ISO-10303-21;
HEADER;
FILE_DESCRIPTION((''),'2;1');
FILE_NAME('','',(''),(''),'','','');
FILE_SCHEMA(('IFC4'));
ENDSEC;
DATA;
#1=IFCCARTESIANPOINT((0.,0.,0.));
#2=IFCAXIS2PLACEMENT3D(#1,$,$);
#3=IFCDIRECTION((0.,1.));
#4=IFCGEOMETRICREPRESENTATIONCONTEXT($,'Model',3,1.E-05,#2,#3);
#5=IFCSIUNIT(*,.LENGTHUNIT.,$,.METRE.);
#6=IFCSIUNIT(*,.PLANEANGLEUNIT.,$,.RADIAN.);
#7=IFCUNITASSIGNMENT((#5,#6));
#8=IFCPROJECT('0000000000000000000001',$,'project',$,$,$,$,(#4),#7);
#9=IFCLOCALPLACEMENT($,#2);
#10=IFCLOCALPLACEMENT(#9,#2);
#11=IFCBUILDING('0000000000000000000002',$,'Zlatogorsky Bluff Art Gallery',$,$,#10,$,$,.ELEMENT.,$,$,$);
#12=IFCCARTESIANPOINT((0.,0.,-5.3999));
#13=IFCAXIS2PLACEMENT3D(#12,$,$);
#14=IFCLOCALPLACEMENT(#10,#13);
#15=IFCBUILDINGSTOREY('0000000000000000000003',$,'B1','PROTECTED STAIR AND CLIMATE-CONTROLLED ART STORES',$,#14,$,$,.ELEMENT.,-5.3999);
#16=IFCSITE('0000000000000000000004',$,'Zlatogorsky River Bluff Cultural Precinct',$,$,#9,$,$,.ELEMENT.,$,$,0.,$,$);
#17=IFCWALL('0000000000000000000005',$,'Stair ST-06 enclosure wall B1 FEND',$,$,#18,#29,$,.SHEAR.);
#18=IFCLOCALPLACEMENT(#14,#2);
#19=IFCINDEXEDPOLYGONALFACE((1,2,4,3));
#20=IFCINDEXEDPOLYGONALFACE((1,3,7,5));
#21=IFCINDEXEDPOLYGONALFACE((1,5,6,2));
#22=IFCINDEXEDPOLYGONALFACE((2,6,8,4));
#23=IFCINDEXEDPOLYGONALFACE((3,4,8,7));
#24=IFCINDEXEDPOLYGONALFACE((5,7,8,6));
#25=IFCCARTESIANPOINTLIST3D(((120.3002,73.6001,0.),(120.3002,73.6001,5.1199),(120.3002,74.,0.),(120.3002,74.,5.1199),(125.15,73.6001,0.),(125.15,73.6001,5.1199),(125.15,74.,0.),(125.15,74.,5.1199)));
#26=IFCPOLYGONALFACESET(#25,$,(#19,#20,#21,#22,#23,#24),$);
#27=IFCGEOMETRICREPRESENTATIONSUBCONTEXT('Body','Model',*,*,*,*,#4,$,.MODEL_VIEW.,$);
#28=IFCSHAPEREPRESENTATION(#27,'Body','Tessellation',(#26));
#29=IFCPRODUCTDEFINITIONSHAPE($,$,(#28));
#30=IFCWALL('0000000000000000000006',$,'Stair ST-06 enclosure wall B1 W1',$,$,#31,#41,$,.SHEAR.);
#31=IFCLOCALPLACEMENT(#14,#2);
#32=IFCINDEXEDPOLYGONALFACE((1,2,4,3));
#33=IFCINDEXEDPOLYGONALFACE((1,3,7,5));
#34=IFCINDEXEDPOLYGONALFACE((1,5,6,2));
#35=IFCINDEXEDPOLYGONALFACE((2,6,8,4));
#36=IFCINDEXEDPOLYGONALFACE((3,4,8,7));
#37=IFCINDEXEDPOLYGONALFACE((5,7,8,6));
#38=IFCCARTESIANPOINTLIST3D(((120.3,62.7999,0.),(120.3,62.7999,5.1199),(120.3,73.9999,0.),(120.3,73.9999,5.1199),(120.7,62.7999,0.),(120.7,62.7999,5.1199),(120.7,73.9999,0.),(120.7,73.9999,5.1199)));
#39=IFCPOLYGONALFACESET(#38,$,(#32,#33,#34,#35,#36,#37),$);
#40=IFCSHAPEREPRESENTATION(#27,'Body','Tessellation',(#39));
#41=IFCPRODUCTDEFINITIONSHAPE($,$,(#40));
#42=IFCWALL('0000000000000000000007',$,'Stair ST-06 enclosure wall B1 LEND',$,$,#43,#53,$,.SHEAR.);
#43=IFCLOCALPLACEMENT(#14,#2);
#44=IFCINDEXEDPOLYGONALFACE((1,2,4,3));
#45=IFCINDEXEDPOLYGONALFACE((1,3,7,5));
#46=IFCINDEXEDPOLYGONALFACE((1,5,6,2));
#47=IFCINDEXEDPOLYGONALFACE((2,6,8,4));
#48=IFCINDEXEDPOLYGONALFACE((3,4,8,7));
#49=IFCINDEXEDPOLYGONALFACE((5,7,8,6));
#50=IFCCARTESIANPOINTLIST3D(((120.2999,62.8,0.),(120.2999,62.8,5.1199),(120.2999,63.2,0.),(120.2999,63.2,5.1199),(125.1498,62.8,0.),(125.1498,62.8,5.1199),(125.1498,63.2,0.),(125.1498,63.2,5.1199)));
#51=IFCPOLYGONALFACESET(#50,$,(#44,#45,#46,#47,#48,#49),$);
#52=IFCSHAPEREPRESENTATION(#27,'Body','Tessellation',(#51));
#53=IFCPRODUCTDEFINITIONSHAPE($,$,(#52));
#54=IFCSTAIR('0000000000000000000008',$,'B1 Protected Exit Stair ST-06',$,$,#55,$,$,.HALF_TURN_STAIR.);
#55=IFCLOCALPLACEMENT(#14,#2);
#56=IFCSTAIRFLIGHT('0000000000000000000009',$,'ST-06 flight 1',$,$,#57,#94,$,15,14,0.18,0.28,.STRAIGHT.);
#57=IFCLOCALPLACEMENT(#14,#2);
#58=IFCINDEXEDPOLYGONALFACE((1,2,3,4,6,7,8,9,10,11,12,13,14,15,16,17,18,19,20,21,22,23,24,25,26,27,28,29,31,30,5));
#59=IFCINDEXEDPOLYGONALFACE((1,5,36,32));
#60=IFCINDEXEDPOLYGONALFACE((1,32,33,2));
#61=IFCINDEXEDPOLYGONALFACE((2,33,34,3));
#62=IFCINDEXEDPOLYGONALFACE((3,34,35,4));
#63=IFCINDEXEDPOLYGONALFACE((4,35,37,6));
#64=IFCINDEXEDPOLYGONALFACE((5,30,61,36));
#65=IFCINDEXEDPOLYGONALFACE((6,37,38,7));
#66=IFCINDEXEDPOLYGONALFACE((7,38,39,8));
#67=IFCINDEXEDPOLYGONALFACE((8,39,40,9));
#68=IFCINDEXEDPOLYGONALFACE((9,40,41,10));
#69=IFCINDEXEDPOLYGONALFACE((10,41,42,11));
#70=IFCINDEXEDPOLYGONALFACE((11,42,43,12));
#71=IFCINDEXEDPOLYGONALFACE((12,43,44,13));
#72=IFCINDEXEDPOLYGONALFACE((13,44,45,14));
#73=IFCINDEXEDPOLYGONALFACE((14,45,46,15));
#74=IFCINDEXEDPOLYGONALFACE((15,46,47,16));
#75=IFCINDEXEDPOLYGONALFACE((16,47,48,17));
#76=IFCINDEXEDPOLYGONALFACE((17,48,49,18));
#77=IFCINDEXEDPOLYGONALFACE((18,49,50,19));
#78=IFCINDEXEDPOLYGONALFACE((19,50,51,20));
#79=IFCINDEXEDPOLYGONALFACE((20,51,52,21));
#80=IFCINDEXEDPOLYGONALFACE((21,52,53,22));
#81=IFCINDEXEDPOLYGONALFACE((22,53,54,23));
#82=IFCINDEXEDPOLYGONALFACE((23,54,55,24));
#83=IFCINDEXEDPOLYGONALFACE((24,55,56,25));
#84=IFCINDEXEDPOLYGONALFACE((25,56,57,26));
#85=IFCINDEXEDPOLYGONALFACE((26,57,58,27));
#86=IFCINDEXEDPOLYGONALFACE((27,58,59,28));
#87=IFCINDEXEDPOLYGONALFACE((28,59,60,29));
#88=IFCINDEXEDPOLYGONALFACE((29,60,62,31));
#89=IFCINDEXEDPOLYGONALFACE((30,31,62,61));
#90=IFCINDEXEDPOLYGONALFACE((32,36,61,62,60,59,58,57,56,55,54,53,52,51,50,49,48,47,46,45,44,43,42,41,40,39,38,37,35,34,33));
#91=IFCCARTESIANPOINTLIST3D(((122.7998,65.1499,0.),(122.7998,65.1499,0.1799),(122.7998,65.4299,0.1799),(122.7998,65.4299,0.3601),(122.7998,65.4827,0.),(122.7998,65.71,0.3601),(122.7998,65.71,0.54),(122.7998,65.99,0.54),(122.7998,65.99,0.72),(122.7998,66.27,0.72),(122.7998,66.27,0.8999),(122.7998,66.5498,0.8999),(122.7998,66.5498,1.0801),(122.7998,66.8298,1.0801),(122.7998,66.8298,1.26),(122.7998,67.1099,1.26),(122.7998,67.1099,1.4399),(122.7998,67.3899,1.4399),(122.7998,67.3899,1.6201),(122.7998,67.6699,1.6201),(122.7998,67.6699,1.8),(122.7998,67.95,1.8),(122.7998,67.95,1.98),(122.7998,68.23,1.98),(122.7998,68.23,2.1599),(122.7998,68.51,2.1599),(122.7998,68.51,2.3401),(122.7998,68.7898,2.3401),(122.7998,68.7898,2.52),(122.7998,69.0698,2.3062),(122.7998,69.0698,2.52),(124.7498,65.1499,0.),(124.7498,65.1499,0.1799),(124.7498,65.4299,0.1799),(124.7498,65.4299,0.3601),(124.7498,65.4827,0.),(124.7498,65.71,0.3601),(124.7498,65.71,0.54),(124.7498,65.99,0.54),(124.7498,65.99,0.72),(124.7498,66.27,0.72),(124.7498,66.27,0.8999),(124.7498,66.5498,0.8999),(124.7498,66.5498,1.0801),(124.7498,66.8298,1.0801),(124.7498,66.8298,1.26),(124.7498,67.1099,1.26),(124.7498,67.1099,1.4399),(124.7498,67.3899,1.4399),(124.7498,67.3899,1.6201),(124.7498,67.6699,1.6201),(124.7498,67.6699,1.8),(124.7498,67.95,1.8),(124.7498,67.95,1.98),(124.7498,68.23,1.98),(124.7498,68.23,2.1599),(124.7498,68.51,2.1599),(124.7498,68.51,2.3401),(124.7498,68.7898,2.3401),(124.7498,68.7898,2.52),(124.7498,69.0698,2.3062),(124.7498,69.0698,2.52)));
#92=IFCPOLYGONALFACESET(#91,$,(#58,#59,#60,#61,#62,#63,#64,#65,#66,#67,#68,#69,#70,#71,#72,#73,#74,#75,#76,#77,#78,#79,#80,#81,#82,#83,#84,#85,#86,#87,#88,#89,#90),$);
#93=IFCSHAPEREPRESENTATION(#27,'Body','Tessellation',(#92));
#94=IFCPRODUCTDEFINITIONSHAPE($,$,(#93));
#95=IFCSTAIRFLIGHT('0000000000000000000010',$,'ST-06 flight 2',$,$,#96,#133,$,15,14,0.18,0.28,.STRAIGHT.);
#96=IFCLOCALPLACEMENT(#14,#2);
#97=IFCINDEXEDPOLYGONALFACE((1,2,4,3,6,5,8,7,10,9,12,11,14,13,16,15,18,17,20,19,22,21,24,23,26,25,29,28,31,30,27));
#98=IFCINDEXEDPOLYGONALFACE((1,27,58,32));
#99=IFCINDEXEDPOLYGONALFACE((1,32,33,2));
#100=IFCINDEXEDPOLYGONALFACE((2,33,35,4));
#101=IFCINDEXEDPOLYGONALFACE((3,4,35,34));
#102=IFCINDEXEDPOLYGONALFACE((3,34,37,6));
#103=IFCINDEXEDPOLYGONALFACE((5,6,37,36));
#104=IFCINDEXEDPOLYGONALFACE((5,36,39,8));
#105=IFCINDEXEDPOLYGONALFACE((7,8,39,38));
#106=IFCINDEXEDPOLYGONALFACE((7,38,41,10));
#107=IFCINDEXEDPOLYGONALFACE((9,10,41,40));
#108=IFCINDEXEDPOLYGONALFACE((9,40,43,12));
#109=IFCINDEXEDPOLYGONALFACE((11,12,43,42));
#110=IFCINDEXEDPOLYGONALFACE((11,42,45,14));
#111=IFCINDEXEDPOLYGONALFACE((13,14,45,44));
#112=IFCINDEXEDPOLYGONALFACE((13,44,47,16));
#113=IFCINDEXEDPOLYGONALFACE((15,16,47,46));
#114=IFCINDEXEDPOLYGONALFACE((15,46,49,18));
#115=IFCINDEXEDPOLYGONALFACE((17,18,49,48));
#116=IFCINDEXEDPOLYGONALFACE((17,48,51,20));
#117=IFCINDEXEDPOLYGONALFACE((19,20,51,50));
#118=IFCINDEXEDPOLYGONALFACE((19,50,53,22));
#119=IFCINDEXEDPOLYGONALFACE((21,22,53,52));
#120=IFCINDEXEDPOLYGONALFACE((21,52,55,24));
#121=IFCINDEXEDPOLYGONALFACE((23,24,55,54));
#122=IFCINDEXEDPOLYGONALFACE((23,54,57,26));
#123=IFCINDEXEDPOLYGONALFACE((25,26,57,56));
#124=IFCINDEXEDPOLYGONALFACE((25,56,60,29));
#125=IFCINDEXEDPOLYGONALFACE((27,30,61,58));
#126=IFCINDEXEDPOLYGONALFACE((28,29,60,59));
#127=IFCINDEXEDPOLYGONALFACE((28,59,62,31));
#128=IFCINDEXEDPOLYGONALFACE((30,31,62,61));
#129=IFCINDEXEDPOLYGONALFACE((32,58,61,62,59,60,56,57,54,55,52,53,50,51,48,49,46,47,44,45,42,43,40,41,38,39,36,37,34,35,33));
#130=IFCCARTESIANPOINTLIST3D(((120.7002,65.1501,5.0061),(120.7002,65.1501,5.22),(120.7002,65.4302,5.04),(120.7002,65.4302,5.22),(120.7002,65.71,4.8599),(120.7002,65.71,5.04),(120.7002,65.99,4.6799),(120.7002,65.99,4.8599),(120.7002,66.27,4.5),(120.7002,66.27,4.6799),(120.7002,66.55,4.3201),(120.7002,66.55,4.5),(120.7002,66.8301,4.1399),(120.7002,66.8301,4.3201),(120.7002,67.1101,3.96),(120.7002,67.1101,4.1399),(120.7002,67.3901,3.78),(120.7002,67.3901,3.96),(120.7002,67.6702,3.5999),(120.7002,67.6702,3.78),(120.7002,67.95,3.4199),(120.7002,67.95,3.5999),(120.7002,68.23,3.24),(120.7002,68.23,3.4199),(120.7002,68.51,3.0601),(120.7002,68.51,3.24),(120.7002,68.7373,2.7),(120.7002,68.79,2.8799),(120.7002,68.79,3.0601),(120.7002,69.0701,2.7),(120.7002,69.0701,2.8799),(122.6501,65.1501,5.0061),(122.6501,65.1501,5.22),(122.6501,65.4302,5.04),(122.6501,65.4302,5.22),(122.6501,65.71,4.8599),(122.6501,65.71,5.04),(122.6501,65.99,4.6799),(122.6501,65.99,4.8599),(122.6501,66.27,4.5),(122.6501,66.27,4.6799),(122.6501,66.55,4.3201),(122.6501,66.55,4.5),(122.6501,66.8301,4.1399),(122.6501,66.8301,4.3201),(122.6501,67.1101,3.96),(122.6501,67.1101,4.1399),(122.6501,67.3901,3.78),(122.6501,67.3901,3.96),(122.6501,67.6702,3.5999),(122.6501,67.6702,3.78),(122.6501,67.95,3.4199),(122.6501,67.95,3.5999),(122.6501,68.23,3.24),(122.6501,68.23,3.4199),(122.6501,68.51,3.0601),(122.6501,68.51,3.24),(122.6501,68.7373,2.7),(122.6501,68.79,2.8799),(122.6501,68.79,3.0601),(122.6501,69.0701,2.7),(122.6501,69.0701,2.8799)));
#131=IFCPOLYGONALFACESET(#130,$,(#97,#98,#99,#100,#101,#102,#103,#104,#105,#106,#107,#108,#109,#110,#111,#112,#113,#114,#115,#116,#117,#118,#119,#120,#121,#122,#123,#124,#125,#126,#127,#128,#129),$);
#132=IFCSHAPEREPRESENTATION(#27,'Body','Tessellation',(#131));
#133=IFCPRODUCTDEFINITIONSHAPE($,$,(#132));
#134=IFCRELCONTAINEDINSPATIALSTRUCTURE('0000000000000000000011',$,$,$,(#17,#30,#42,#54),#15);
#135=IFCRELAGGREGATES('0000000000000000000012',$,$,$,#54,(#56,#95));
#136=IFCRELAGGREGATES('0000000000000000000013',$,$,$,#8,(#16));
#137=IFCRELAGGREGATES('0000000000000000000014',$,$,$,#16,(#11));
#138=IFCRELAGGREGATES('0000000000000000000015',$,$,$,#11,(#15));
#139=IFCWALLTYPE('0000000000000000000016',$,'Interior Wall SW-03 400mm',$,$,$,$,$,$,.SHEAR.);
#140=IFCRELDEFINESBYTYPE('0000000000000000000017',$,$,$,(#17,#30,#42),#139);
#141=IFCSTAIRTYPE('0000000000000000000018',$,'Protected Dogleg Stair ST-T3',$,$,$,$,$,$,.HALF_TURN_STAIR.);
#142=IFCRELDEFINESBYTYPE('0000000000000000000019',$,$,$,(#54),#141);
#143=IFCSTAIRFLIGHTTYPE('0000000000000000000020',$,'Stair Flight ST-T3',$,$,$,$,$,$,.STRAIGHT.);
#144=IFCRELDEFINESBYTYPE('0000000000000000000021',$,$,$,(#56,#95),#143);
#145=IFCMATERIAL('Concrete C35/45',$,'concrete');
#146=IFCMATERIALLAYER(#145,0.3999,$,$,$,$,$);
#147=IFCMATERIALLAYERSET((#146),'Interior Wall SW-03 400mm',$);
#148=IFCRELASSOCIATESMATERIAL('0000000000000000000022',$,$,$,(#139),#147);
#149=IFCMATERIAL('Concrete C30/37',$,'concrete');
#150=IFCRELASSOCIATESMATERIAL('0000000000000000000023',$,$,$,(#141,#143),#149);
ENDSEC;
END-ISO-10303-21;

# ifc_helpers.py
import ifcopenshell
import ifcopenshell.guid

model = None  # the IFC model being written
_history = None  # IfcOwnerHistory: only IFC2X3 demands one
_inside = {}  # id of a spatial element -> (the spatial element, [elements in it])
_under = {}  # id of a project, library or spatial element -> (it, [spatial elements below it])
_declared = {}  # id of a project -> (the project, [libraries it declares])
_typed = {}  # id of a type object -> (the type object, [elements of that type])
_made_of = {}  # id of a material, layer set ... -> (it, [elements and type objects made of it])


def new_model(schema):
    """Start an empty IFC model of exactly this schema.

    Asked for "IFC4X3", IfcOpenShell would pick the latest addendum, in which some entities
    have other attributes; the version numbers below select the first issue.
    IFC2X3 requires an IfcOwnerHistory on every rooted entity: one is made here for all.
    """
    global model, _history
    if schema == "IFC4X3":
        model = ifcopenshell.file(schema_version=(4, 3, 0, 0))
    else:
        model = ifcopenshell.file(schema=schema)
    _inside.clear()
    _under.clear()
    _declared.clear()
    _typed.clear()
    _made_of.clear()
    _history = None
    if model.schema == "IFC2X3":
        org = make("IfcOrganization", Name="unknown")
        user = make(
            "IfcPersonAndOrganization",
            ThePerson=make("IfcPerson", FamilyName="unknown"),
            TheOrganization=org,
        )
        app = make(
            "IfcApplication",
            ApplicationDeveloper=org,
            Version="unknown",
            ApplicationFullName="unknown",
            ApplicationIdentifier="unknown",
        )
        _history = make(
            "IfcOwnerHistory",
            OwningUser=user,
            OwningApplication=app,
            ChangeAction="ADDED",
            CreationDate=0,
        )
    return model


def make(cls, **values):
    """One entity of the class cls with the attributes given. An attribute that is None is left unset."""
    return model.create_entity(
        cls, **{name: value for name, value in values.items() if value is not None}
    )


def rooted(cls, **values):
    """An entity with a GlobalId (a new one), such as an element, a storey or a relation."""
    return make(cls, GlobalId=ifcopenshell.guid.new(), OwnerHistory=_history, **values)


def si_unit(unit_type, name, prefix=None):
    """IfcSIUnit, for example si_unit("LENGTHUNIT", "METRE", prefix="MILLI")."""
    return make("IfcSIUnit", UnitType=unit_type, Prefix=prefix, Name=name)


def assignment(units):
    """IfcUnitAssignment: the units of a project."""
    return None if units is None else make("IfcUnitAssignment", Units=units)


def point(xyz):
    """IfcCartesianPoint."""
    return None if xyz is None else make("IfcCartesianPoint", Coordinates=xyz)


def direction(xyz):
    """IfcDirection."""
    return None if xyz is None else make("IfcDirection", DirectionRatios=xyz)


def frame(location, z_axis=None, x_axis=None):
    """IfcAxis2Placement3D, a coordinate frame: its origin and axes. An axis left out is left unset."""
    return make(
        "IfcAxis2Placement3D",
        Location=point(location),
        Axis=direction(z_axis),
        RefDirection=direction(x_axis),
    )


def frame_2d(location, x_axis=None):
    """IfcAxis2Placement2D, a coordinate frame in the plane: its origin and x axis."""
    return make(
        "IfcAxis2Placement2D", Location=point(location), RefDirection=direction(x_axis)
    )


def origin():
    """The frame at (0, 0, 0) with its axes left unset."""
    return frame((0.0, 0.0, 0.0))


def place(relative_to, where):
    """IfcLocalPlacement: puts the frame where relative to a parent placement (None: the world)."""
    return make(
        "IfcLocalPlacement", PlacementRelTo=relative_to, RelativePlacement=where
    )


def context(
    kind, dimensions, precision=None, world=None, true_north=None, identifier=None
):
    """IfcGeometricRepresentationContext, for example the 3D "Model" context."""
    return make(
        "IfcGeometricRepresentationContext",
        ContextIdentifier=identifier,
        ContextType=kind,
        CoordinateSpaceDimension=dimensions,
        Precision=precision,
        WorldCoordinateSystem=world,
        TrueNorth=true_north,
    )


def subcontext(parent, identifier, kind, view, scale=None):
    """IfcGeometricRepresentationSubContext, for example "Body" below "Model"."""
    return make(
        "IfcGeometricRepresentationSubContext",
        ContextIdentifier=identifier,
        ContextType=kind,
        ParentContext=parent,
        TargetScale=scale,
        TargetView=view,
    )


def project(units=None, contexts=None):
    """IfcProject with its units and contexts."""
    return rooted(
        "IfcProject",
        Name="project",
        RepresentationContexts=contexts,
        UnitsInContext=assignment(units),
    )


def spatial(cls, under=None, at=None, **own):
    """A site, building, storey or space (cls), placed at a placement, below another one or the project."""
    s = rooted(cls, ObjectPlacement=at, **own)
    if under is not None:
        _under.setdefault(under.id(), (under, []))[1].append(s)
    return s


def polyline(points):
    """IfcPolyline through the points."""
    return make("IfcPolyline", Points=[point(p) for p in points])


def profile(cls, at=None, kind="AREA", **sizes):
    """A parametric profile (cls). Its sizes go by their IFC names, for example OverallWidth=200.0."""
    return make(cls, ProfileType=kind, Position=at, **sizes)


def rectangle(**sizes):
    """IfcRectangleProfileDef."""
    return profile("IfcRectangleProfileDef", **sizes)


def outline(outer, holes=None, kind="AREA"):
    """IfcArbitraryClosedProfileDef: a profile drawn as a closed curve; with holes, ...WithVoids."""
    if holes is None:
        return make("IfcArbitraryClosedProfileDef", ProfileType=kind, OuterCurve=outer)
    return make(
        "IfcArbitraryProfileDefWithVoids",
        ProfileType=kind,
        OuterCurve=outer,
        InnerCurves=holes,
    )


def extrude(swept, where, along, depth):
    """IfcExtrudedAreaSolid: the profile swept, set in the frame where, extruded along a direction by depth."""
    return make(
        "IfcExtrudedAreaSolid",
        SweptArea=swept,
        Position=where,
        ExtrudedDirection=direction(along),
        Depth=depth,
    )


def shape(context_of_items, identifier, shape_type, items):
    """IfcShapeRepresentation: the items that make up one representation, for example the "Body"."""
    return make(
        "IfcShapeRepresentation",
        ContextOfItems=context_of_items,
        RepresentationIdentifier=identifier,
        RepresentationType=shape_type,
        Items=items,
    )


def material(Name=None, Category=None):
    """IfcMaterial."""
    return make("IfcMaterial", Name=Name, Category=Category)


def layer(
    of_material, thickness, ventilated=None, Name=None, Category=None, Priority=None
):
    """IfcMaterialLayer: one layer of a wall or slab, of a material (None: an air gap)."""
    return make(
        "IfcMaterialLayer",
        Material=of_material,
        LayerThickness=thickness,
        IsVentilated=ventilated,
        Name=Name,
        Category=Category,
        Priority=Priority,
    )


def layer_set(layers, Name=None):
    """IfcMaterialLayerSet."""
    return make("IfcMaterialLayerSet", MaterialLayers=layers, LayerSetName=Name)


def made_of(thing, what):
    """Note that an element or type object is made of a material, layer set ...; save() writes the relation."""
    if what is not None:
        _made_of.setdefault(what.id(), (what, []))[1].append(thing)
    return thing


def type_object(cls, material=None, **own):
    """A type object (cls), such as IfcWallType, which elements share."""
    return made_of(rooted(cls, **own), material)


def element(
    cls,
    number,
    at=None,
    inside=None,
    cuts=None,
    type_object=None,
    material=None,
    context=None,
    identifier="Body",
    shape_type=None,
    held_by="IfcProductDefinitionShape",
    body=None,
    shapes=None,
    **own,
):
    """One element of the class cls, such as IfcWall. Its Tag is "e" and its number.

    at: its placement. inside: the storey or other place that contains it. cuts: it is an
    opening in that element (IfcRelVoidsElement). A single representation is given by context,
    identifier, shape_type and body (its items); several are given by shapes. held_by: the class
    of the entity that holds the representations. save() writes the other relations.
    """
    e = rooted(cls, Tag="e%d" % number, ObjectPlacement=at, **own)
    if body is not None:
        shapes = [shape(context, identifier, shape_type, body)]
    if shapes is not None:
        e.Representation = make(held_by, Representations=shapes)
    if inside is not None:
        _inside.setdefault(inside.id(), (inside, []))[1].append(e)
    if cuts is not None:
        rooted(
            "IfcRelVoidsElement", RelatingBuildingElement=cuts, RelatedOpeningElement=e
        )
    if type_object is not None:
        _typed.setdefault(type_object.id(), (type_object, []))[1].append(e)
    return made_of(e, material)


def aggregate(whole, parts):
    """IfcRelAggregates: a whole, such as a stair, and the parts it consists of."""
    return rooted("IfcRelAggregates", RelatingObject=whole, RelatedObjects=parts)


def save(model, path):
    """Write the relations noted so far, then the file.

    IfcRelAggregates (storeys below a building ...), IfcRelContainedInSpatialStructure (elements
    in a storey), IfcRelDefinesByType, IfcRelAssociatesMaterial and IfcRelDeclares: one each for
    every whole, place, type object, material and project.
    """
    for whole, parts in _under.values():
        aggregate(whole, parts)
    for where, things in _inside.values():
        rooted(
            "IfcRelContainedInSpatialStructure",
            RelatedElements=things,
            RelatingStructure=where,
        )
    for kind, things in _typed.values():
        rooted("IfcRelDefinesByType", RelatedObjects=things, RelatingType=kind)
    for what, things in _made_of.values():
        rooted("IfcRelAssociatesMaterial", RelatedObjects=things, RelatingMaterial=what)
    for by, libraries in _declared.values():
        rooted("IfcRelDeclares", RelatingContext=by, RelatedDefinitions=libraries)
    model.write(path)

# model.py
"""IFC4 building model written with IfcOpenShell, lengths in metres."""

from ifc_helpers import new_model, si_unit, direction, frame, frame_2d, origin, place, context, subcontext, project, spatial, polyline, rectangle, outline, extrude, material, layer, layer_set, type_object, element, aggregate, save


model = new_model("IFC4")

# Units and contexts
model_context = context("Model", 3, precision=1e-05, world=origin(), true_north=direction((0.0, 1.0)))
body_context = subcontext(model_context, "Body", "Model", "MODEL_VIEW")
ifc_project = project(units=[si_unit("LENGTHUNIT", "METRE"), si_unit("PLANEANGLEUNIT", "RADIAN")], contexts=[model_context])

# Site, building, storey
site_placement = place(None, origin())
site = spatial("IfcSite", under=ifc_project, at=site_placement, Name="Zlatogorsky River Bluff Cultural Precinct", CompositionType="ELEMENT", RefElevation=0.0)
building_placement = place(site_placement, origin())
building = spatial("IfcBuilding", under=site, at=building_placement, Name="Zlatogorsky Bluff Art Gallery", CompositionType="ELEMENT")
storey_placement = place(building_placement, frame((0.0, 0.0, -5.3999)))
storey = spatial("IfcBuildingStorey", under=building, at=storey_placement, Name="B1", Description="PROTECTED STAIR AND CLIMATE-CONTROLLED ART STORES", CompositionType="ELEMENT", Elevation=-5.3999)

# Shared definitions
ifc_material_1 = material(Name="Concrete C35/45", Category="concrete")

# Shared definitions
ifc_material_2 = material(Name="Concrete C30/37", Category="concrete")
ifc_layer_1 = layer(ifc_material_1, 0.3999)
ifc_layer_set_1 = layer_set([ifc_layer_1], Name="Interior Wall SW-03 400mm")
wall_type_1 = type_object("IfcWallType", Name="Interior Wall SW-03 400mm", PredefinedType="SHEAR", material=ifc_layer_set_1)

# Walls
wall_1_placement = place(storey_placement, frame((125.1499, 73.8, 0.0), z_axis=(0.0, 0.0, 1.0), x_axis=(-1.0, 0.0, 0.0)))
element("IfcWall", 1, at=wall_1_placement, inside=storey, type_object=wall_type_1, Name="Stair ST-06 enclosure wall B1 FEND", PredefinedType="SHEAR", context=body_context, shape_type="SweptSolid", body=[
    extrude(rectangle(XDim=4.8499, YDim=0.3999, at=frame_2d((2.4248, 0.0))), origin(), (0.0, 0.0, 1.0), 5.1199),
])
wall_2_placement = place(storey_placement, frame((120.5, 74.0, 0.0), z_axis=(0.0, 0.0, 1.0), x_axis=(0.0, -1.0, 0.0)))
element("IfcWall", 2, at=wall_2_placement, inside=storey, type_object=wall_type_1, Name="Stair ST-06 enclosure wall B1 W1", PredefinedType="SHEAR", context=body_context, shape_type="SweptSolid", body=[
    extrude(rectangle(XDim=11.2, YDim=0.3999, at=frame_2d((5.6001, 0.0))), origin(), (0.0, 0.0, 1.0), 5.1199),
])
wall_3_placement = place(storey_placement, frame((120.3, 63.0, 0.0), z_axis=(0.0, 0.0, 1.0), x_axis=(1.0, 0.0, 0.0)))
element("IfcWall", 3, at=wall_3_placement, inside=storey, type_object=wall_type_1, Name="Stair ST-06 enclosure wall B1 LEND", PredefinedType="SHEAR", context=body_context, shape_type="SweptSolid", body=[
    extrude(rectangle(XDim=4.8499, YDim=0.3999, at=frame_2d((2.4248, 0.0))), origin(), (0.0, 0.0, 1.0), 5.1199),
])

# Stair, stair flights
stair_type = type_object("IfcStairType", Name="Protected Dogleg Stair ST-T3", PredefinedType="HALF_TURN_STAIR", material=ifc_material_2)
stair_placement = place(storey_placement, origin())
stair = element("IfcStair", 4, at=stair_placement, inside=storey, type_object=stair_type, Name="B1 Protected Exit Stair ST-06", PredefinedType="HALF_TURN_STAIR")
stair_flight_type = type_object("IfcStairFlightType", Name="Stair Flight ST-T3", PredefinedType="STRAIGHT", material=ifc_material_2)
stair_flight_1_placement = place(storey_placement, frame((123.7749, 65.1499, 0.0), z_axis=(0.0, 0.0, 1.0), x_axis=(0.0, 1.0, 0.0)))
stair_flight_1 = element("IfcStairFlight", 5, at=stair_flight_1_placement, type_object=stair_flight_type, Name="ST-06 flight 1", NumberOfRisers=15, NumberOfTreads=14, PredefinedType="STRAIGHT", RiserHeight=0.18, TreadLength=0.28, context=body_context, shape_type="SweptSolid", body=[
    extrude(outline(polyline([(0.0, 0.0), (0.0, 0.1799), (0.28, 0.1799), (0.28, 0.3601), (0.5601, 0.3601), (0.5601, 0.54), (0.8401, 0.54), (0.8401, 0.72), (1.1201, 0.72), (1.1201, 0.8999), (1.3999, 0.8999), (1.3999, 1.0801), (1.6799, 1.0801), (1.6799, 1.26), (1.96, 1.26), (1.96, 1.4399), (2.24, 1.4399), (2.24, 1.6201), (2.52, 1.6201), (2.52, 1.8), (2.8, 1.8), (2.8, 1.98), (3.0801, 1.98), (3.0801, 2.1599), (3.3601, 2.1599), (3.3601, 2.3401), (3.6399, 2.3401), (3.6399, 2.52), (3.9199, 2.52), (3.9199, 2.7), (3.9199, 2.3062), (0.3328, 0.0), (0.0, 0.0)])), frame((0.0, 0.9751, 0.0), z_axis=(0.0, -1.0, 0.0), x_axis=(1.0, 0.0, 0.0)), (0.0, 0.0, 1.0), 1.95),
])
stair_flight_2_placement = place(storey_placement, frame((121.675, 69.0701, 2.7), z_axis=(0.0, 0.0, 1.0), x_axis=(0.0, -1.0, 0.0)))
stair_flight_2 = element("IfcStairFlight", 6, at=stair_flight_2_placement, type_object=stair_flight_type, Name="ST-06 flight 2", NumberOfRisers=15, NumberOfTreads=14, PredefinedType="STRAIGHT", RiserHeight=0.18, TreadLength=0.28, context=body_context, shape_type="SweptSolid", body=[
    extrude(outline(polyline([(0.0, 0.0), (0.0, 0.1799), (0.28, 0.1799), (0.28, 0.3601), (0.5601, 0.3601), (0.5601, 0.54), (0.8401, 0.54), (0.8401, 0.72), (1.1201, 0.72), (1.1201, 0.8999), (1.3999, 0.8999), (1.3999, 1.0801), (1.6799, 1.0801), (1.6799, 1.26), (1.96, 1.26), (1.96, 1.4399), (2.24, 1.4399), (2.24, 1.6201), (2.52, 1.6201), (2.52, 1.8), (2.8, 1.8), (2.8, 1.98), (3.0801, 1.98), (3.0801, 2.1599), (3.3601, 2.1599), (3.3601, 2.3401), (3.6399, 2.3401), (3.6399, 2.52), (3.9199, 2.52), (3.9199, 2.7), (3.9199, 2.3062), (0.3328, 0.0), (0.0, 0.0)])), frame((0.0, 0.9751, 0.0), z_axis=(0.0, -1.0, 0.0), x_axis=(1.0, 0.0, 0.0)), (0.0, 0.0, 1.0), 1.95),
])
aggregate(stair, [stair_flight_1, stair_flight_2])

save(model, "model.ifc")
